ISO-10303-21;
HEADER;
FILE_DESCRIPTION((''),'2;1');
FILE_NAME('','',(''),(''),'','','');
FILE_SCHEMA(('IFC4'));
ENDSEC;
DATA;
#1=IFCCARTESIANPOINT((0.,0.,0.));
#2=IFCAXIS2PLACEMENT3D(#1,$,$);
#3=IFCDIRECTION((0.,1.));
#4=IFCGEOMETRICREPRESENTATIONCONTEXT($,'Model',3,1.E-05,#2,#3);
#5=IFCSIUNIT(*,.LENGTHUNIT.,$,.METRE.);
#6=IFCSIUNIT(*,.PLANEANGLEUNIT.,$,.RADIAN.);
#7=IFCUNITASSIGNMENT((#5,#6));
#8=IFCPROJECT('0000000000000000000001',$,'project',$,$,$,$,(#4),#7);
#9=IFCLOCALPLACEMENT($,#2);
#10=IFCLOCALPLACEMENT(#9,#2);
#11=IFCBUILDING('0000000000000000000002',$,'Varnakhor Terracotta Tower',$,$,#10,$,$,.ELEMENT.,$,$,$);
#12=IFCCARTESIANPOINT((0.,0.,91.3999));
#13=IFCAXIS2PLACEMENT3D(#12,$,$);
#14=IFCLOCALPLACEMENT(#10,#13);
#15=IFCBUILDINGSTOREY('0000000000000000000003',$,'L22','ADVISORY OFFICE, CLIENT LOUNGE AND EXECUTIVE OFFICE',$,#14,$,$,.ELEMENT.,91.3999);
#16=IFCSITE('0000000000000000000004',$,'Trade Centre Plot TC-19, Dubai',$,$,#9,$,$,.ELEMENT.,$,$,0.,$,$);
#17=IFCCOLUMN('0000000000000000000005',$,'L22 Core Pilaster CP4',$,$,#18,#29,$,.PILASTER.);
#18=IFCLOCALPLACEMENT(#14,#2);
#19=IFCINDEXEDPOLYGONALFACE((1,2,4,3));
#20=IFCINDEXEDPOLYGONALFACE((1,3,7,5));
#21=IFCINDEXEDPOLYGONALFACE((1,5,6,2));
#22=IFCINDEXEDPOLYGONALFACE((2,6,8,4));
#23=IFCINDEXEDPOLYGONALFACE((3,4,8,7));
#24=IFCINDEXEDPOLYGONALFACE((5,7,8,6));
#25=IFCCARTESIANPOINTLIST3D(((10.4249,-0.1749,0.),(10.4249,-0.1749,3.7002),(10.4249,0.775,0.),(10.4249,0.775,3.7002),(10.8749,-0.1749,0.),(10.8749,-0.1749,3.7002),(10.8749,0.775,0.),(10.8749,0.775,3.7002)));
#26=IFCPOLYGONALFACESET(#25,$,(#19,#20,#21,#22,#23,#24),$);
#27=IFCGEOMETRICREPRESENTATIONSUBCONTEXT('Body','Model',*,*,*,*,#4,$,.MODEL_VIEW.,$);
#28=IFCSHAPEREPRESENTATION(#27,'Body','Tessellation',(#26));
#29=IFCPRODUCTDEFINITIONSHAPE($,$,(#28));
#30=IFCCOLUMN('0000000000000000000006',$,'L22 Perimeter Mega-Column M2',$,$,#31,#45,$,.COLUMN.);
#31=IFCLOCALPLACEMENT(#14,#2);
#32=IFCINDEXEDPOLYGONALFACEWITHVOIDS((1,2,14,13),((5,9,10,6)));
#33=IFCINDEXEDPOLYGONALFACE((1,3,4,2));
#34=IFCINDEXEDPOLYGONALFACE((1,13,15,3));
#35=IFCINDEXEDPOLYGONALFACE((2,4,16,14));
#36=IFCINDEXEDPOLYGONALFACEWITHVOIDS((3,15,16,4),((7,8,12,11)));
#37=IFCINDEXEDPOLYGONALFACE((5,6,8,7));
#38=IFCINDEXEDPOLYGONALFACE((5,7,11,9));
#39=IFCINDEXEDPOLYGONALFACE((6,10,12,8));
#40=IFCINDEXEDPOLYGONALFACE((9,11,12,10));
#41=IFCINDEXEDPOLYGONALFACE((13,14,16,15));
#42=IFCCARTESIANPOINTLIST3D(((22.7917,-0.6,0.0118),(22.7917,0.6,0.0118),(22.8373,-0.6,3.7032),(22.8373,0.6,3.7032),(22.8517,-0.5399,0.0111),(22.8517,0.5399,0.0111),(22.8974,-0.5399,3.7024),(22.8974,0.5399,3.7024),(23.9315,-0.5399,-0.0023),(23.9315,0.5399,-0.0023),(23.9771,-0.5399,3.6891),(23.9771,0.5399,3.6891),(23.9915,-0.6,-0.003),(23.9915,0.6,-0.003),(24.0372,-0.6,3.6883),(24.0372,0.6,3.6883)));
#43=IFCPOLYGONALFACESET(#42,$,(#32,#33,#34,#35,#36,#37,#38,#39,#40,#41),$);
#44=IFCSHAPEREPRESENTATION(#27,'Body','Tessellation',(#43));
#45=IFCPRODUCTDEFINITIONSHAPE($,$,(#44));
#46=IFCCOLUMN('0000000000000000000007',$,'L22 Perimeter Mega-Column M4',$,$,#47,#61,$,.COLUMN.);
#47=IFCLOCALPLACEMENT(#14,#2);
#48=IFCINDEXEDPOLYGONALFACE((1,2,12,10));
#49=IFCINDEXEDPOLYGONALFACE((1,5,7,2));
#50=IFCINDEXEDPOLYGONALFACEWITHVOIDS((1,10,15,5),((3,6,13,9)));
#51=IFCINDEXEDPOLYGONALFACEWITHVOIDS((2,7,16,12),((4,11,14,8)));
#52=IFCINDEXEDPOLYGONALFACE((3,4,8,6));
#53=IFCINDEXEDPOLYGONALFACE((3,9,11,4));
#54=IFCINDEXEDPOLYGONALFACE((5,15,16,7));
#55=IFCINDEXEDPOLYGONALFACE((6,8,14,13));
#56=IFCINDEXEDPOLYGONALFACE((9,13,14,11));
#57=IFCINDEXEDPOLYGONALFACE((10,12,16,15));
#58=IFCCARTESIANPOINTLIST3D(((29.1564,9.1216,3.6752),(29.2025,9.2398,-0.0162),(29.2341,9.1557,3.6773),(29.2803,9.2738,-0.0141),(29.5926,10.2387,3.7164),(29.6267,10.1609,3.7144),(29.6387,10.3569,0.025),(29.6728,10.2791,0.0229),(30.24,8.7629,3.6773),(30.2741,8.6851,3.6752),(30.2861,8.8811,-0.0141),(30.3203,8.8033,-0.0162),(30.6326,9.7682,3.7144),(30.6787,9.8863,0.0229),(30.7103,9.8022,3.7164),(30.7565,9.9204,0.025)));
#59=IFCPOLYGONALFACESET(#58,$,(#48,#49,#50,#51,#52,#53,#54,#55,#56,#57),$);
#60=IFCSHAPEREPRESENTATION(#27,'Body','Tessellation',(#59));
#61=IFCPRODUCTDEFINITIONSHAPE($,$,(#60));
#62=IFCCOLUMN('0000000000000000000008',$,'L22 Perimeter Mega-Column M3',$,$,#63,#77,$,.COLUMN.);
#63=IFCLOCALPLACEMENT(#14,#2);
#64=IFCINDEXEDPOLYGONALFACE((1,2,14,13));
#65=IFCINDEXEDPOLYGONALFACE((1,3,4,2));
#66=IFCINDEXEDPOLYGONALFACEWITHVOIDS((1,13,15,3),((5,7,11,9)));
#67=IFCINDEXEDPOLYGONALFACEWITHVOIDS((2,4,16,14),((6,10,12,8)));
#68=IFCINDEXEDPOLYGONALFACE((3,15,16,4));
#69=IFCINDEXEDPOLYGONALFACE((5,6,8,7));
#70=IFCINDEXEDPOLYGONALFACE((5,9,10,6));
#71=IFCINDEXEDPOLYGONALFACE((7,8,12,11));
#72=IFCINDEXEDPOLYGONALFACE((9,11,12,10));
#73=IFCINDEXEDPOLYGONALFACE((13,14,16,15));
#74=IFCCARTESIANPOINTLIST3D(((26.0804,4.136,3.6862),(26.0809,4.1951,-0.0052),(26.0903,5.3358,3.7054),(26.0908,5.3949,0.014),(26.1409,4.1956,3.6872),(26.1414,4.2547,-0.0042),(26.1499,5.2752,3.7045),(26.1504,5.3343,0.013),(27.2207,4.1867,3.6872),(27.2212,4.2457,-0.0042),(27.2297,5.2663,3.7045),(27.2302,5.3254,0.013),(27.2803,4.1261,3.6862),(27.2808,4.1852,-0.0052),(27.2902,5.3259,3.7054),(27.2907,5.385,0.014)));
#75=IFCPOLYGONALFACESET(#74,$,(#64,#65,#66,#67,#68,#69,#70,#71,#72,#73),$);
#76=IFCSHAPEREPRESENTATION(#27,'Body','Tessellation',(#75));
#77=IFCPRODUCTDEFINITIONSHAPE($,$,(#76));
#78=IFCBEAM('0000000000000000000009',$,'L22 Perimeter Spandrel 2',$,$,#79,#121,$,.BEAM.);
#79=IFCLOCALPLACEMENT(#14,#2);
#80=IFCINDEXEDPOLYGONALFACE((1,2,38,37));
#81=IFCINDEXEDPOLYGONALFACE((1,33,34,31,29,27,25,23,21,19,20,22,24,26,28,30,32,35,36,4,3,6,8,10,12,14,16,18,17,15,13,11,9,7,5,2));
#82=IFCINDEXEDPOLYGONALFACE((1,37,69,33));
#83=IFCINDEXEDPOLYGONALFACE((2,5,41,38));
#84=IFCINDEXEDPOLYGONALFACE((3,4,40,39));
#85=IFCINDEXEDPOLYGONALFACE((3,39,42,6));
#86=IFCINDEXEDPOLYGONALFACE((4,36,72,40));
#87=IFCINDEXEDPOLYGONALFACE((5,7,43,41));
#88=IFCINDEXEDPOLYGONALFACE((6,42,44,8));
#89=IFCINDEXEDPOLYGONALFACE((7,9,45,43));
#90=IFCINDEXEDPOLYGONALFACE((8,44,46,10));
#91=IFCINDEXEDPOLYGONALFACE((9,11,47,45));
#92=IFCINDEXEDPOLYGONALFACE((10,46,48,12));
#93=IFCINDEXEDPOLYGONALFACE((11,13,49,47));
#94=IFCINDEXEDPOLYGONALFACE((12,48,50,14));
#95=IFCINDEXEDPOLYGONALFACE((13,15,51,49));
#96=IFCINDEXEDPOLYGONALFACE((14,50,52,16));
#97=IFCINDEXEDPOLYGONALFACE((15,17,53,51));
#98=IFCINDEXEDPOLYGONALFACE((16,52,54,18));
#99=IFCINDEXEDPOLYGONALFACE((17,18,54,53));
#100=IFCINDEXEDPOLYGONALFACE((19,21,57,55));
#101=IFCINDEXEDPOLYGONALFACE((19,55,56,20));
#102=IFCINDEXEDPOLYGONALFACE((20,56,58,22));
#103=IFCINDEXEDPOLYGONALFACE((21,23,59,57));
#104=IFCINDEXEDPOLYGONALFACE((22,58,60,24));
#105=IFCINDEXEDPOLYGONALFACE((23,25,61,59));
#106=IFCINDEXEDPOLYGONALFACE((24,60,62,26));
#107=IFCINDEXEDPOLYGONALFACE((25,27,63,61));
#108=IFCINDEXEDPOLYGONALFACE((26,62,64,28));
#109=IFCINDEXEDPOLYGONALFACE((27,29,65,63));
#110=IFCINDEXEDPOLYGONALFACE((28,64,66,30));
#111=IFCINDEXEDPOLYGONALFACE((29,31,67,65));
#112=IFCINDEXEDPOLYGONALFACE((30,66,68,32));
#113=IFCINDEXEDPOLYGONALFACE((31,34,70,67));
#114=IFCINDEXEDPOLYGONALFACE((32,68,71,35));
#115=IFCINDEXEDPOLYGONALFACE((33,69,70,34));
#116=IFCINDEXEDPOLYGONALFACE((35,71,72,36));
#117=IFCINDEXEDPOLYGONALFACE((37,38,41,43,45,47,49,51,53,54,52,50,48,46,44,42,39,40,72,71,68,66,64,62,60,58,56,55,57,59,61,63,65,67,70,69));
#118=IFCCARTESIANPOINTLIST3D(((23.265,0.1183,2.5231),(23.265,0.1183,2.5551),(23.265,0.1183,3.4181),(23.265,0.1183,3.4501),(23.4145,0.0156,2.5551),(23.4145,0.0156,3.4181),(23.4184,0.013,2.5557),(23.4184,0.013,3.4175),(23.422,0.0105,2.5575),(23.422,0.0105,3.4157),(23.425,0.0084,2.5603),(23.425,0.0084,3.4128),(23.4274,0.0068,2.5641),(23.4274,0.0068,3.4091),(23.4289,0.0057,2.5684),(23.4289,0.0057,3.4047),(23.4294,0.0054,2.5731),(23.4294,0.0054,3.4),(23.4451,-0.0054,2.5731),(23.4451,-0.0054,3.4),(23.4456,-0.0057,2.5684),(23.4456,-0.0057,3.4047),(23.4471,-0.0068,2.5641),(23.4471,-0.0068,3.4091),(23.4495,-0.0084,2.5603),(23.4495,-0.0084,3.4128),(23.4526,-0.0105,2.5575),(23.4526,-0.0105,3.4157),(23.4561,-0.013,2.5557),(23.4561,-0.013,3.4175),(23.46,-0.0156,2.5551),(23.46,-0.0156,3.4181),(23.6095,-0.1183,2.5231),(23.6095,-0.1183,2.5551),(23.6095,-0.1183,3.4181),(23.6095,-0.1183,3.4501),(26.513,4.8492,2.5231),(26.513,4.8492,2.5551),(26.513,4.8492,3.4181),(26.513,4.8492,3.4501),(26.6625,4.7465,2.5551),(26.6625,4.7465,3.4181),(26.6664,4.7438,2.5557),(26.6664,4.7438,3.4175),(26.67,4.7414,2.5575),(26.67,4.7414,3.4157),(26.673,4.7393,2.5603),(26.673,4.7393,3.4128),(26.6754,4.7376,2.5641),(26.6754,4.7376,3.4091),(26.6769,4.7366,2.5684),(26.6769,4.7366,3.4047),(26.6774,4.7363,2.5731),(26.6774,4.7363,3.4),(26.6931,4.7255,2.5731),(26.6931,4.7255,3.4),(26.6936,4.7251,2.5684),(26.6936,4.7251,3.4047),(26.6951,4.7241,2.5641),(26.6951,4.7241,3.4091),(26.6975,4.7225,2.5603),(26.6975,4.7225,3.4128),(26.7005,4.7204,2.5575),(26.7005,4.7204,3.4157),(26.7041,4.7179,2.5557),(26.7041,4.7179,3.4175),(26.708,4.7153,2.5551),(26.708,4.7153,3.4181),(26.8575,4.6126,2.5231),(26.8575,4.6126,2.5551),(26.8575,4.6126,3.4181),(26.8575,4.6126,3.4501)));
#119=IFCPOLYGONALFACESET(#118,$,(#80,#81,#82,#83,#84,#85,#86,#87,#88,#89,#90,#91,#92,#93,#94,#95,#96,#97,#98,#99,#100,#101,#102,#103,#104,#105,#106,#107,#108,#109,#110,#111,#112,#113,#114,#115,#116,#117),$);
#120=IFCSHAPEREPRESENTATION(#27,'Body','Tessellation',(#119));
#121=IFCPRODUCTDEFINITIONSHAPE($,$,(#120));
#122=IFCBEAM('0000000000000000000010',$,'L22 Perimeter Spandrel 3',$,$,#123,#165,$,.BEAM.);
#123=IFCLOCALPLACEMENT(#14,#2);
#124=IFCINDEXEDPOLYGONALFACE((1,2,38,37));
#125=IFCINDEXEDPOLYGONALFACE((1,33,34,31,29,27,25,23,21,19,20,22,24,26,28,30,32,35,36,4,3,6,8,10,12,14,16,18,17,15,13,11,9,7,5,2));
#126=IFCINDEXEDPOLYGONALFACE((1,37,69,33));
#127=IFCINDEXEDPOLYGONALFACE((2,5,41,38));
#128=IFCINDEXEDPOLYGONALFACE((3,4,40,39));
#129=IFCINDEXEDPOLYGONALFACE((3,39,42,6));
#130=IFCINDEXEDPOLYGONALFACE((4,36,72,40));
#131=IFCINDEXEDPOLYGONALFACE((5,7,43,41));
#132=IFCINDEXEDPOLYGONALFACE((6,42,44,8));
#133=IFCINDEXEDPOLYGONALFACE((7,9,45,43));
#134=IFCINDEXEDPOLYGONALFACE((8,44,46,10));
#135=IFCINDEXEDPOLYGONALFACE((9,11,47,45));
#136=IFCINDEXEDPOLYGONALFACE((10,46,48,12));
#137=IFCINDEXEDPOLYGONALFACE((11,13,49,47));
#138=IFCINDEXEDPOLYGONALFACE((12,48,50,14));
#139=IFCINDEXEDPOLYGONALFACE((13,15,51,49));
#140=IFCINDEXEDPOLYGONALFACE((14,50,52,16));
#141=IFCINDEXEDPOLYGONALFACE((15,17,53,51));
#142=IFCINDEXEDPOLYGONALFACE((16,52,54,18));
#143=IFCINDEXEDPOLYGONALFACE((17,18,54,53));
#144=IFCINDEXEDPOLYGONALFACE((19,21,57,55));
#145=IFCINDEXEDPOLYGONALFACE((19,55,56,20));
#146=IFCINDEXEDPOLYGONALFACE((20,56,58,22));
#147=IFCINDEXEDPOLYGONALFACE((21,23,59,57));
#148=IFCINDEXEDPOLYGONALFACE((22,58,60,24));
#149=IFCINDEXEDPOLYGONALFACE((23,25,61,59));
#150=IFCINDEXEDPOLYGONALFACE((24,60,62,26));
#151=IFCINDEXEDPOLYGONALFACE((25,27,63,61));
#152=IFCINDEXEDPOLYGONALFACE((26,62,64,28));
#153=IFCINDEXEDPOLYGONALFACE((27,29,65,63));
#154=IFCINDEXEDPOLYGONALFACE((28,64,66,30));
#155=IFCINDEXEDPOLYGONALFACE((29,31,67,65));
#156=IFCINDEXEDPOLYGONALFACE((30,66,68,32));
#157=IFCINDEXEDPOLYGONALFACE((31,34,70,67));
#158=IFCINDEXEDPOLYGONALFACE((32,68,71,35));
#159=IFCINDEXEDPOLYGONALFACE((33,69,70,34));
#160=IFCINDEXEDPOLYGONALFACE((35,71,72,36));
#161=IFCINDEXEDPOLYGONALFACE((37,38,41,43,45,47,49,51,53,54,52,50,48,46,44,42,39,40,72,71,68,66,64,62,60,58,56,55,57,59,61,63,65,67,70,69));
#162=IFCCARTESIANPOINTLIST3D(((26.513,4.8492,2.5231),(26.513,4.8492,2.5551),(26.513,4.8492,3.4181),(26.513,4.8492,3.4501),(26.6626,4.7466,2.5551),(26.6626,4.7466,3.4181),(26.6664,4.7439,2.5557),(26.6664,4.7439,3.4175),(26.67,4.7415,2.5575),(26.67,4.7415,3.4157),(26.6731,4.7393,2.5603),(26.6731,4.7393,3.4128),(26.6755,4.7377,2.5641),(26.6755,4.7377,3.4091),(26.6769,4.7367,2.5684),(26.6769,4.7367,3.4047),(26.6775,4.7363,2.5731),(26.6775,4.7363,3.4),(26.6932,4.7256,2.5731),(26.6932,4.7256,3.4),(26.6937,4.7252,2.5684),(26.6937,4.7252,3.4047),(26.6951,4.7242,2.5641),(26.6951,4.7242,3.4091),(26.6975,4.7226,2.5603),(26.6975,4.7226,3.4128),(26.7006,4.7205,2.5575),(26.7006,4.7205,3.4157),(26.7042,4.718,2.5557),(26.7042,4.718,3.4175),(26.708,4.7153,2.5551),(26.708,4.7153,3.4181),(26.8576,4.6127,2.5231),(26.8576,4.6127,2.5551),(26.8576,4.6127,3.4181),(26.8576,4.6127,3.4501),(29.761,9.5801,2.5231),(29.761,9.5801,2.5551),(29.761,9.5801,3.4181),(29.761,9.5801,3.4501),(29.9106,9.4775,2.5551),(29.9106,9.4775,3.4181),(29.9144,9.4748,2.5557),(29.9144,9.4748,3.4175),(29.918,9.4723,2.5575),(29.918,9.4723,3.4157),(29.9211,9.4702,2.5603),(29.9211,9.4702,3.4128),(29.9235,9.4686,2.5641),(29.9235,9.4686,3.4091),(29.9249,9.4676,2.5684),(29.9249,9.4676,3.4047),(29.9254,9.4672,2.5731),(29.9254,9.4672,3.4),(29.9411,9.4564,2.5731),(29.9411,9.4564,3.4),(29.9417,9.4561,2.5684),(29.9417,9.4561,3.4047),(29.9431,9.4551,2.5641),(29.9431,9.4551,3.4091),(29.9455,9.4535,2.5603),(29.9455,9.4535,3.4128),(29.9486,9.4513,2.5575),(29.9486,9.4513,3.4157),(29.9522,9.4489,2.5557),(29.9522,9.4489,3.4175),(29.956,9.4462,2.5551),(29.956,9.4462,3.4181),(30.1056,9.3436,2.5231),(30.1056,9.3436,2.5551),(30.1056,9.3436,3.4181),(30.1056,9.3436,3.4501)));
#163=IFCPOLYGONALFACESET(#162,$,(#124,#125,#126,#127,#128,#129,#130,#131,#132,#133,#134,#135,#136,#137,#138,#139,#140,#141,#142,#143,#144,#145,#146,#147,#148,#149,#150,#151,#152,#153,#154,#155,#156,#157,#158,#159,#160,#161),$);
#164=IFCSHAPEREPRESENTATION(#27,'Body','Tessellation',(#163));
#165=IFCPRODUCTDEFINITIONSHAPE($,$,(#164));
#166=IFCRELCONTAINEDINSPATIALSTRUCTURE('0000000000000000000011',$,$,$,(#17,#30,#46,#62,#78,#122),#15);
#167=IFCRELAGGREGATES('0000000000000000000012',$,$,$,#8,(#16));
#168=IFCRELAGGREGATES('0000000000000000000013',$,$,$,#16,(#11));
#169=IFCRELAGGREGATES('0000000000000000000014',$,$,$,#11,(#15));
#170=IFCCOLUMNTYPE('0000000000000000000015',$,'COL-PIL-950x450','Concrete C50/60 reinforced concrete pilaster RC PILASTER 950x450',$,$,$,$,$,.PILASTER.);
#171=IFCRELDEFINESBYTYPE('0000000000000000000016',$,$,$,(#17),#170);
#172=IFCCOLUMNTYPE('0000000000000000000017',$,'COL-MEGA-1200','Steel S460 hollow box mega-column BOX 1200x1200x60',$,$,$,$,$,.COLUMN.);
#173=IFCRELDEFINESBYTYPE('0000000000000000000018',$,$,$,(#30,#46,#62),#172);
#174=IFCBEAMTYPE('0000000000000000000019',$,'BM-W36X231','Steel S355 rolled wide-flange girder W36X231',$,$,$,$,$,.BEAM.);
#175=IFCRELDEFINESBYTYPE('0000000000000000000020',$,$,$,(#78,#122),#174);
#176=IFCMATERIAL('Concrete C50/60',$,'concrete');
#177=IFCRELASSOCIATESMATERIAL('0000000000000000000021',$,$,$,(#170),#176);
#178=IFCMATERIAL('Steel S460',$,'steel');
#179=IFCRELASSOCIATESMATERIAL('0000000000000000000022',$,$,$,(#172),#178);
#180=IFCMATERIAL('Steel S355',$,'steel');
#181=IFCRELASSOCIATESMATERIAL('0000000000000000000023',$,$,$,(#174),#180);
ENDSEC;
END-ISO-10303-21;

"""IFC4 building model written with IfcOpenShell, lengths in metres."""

from ifc_helpers import new_model, si_unit, direction, frame, origin, origin_2d, place, context, subcontext, project, spatial, rectangle, hollow_rectangle, i_section, extrude, source, transform, mapped, material, material_profile, profile_set, type_object, type_shapes, element, save


model = new_model("IFC4")

# Units and contexts
model_context = context("Model", 3, precision=1e-05, world=origin(), true_north=direction((0.0, 1.0)))
body_context = subcontext(model_context, "Body", "Model", "MODEL_VIEW")
ifc_project = project(units=[si_unit("LENGTHUNIT", "METRE"), si_unit("PLANEANGLEUNIT", "RADIAN")], contexts=[model_context])

# Site, building, storey
site_placement = place(None, origin())
site = spatial("IfcSite", under=ifc_project, at=site_placement, Name="Trade Centre Plot TC-19, Dubai", CompositionType="ELEMENT", RefElevation=0.0)
building_placement = place(site_placement, origin())
building = spatial("IfcBuilding", under=site, at=building_placement, Name="Varnakhor Terracotta Tower", CompositionType="ELEMENT")
storey_placement = place(building_placement, frame((0.0, 0.0, 91.3999)))
storey = spatial("IfcBuildingStorey", under=building, at=storey_placement, Name="L22", Description="ADVISORY OFFICE, CLIENT LOUNGE AND EXECUTIVE OFFICE", CompositionType="ELEMENT", Elevation=91.3999)

# Columns
ifc_material_1 = material(Name="Concrete C50/60", Category="concrete")
ifc_material_profile_1 = material_profile(ifc_material_1, rectangle(XDim=0.45, YDim=0.95, at=origin_2d()), Name="RC PILASTER 950x450")
ifc_profile_set_1 = profile_set([ifc_material_profile_1], Name="Concrete C50/60")
column_type_1 = type_object("IfcColumnType", Name="COL-PIL-950x450", Description="Concrete C50/60 reinforced concrete pilaster RC PILASTER 950x450", PredefinedType="PILASTER", material=ifc_profile_set_1)
shared_shape_1 = source(origin(), body_context, "Body", "SweptSolid", [
    extrude(rectangle(XDim=0.45, YDim=0.95, at=origin_2d()), origin(), (0.0, 0.0, 1.0), 3.7002),
])
column_1_placement = place(storey_placement, frame((10.6499, 0.3, 0.0), z_axis=(0.0, 0.0, 1.0), x_axis=(1.0, 0.0, 0.0)))
element("IfcColumn", 1, at=column_1_placement, inside=storey, type_object=column_type_1, Name="L22 Core Pilaster CP4", PredefinedType="PILASTER", context=body_context, shape_type="MappedRepresentation", body=[
    mapped(shared_shape_1, transform((0.0, 0.0, 0.0), scale=1.0)),
])
ifc_material_2 = material(Name="Steel S460", Category="steel")
ifc_material_profile_2 = material_profile(ifc_material_2, hollow_rectangle(XDim=1.2, YDim=1.2, WallThickness=0.0601, at=origin_2d()), Name="BOX 1200x1200x60")
ifc_profile_set_2 = profile_set([ifc_material_profile_2], Name="Steel S460")
column_type_2 = type_object("IfcColumnType", Name="COL-MEGA-1200", Description="Steel S460 hollow box mega-column BOX 1200x1200x60", PredefinedType="COLUMN", material=ifc_profile_set_2)
shared_shape_2 = source(origin(), body_context, "Body", "SweptSolid", [
    extrude(hollow_rectangle(XDim=1.2, YDim=1.2, WallThickness=0.0601, at=origin_2d()), origin(), (0.0, 0.0, 1.0), 3.6917),
])
type_shapes(column_type_2, [shared_shape_2])
column_2_placement = place(storey_placement, frame((23.3916, 0.0, 0.0044), z_axis=(0.012367, 0.0, 0.999924), x_axis=(0.0, 1.0, 0.0)))
element("IfcColumn", 2, at=column_2_placement, inside=storey, type_object=column_type_2, Name="L22 Perimeter Mega-Column M2", PredefinedType="COLUMN", context=body_context, shape_type="MappedRepresentation", body=[
    mapped(shared_shape_2, transform((0.0, 0.0, 0.0), scale=1.0)),
])
shared_shape_3 = source(origin(), body_context, "Body", "SweptSolid", [
    extrude(hollow_rectangle(XDim=1.2, YDim=1.2, WallThickness=0.0601, at=origin_2d()), origin(), (0.0, 0.0, 1.0), 3.6936),
])
column_3_placement = place(storey_placement, frame((29.9795, 9.5801, 0.0044), z_axis=(-0.012493, -0.031992, 0.99941), x_axis=(0.931498, -0.363746, 0.0)))
element("IfcColumn", 3, at=column_3_placement, inside=storey, type_object=column_type_2, Name="L22 Perimeter Mega-Column M4", PredefinedType="COLUMN", context=body_context, shape_type="MappedRepresentation", body=[
    mapped(shared_shape_3, transform((0.0, 0.0, 0.0), scale=1.0)),
])
shared_shape_4 = source(origin(), body_context, "Body", "SweptSolid", [
    extrude(hollow_rectangle(XDim=1.2, YDim=1.2, WallThickness=0.0601, at=origin_2d()), origin(), (0.0, 0.0, 1.0), 3.6919),
])
column_4_placement = place(storey_placement, frame((26.6858, 4.79, 0.0044), z_axis=(-0.000132, -0.016003, 0.999872), x_axis=(0.999966, -0.008264, 0.0)))
element("IfcColumn", 4, at=column_4_placement, inside=storey, type_object=column_type_2, Name="L22 Perimeter Mega-Column M3", PredefinedType="COLUMN", context=body_context, shape_type="MappedRepresentation", body=[
    mapped(shared_shape_4, transform((0.0, 0.0, 0.0), scale=1.0)),
])

# Beams
ifc_material_3 = material(Name="Steel S355", Category="steel")
ifc_material_profile_3 = material_profile(ifc_material_3, i_section(OverallWidth=0.418, OverallDepth=0.927, WebThickness=0.019, FlangeThickness=0.032, FilletRadius=0.0181, at=origin_2d()), Name="W36X231")
ifc_profile_set_3 = profile_set([ifc_material_profile_3], Name="Steel S355")
beam_type_1 = type_object("IfcBeamType", Name="BM-W36X231", Description="Steel S355 rolled wide-flange girder W36X231", PredefinedType="BEAM", material=ifc_profile_set_3)
shared_shape_5 = source(origin(), body_context, "Body", "SweptSolid", [
    extrude(i_section(OverallWidth=0.418, OverallDepth=0.927, WebThickness=0.019, FlangeThickness=0.032, FilletRadius=0.0181, at=origin_2d()), origin(), (0.0, 0.0, 1.0), 5.7385),
])
for number, where, z_axis, x_axis, name in (
    (5, (23.4373, 0.0, 2.9866), (0.565998, 0.824407, 0.0), (-0.824407, 0.565998, 0.0), "L22 Perimeter Spandrel 2"),
    (6, (26.6853, 4.731, 2.9866), (0.565998, 0.824407, 0.0), (-0.824407, 0.565998, 0.0), "L22 Perimeter Spandrel 3"),
):
    element("IfcBeam", number, at=place(storey_placement, frame(where, z_axis=z_axis, x_axis=x_axis)), inside=storey, type_object=beam_type_1, Name=name, PredefinedType="BEAM", context=body_context, shape_type="MappedRepresentation", body=[
        mapped(shared_shape_5, transform((0.0, 0.0, 0.0), scale=1.0)),
    ])

save(model, "model.ifc")
